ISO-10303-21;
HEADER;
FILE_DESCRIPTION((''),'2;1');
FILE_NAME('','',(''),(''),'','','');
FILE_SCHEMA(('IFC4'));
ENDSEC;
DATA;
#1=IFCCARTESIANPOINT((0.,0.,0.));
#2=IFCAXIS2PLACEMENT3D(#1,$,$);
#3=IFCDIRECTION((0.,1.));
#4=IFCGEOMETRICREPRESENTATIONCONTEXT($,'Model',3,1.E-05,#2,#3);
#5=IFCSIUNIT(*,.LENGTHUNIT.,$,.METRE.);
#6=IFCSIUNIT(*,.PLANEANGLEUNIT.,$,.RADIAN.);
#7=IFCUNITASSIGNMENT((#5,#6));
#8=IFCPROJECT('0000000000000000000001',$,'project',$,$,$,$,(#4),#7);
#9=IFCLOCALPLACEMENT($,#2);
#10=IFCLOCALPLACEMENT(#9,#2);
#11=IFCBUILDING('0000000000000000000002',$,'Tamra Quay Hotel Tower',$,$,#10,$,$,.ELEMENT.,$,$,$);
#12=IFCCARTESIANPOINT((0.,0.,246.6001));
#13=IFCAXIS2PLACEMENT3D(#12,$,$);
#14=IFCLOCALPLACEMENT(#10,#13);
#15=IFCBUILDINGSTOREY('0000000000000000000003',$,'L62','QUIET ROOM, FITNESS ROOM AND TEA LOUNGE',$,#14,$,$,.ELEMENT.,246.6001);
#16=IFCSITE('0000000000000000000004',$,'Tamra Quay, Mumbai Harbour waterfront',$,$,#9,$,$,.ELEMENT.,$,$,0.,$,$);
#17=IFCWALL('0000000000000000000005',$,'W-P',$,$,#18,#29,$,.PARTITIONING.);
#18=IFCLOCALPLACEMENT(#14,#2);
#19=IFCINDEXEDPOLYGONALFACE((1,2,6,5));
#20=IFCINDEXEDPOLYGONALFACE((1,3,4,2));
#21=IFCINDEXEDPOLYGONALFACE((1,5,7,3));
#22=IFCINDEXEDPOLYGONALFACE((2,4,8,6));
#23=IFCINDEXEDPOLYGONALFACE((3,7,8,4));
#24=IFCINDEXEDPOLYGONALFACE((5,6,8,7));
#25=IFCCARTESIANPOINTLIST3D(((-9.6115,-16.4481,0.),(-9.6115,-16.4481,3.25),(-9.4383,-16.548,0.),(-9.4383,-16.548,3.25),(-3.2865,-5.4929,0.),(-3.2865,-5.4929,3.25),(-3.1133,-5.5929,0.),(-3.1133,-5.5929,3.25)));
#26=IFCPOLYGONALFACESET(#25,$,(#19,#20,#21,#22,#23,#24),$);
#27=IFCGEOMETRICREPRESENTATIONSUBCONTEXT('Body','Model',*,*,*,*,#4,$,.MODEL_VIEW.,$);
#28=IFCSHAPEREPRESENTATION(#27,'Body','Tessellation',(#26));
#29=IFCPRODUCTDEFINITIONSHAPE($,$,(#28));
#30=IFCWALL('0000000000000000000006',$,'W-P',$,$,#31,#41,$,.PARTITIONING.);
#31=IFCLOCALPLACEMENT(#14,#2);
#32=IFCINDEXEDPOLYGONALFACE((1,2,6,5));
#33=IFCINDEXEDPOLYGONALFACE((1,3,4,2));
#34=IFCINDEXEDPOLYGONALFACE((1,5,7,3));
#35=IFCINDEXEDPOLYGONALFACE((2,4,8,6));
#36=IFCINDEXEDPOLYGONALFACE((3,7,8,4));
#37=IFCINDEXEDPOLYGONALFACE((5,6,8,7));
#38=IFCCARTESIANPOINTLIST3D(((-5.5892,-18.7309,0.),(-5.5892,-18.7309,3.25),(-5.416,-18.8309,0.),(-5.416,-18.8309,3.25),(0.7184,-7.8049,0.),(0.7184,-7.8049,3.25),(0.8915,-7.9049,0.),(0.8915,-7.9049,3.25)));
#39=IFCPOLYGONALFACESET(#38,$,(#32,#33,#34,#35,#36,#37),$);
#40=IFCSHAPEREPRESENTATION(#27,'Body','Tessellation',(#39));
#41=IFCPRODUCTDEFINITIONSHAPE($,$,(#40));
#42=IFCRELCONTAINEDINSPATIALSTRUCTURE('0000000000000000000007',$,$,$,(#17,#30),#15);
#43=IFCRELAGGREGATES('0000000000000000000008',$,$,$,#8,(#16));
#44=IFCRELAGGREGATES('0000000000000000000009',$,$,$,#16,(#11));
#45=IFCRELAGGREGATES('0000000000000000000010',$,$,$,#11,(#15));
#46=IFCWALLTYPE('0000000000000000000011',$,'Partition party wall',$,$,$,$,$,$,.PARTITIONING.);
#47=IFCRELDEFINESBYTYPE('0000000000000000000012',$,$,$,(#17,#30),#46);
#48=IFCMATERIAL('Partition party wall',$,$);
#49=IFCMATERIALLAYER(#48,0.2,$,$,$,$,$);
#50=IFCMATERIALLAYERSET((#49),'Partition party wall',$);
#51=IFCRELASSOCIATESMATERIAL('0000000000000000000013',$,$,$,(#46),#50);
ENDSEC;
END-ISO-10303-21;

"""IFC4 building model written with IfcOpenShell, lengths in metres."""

from ifc_helpers import new_model, si_unit, direction, frame, frame_2d, origin, place, context, subcontext, project, spatial, rectangle, extrude, material, layer, layer_set, type_object, element, save


model = new_model("IFC4")

# Units and contexts
model_context = context("Model", 3, precision=1e-05, world=origin(), true_north=direction((0.0, 1.0)))
body_context = subcontext(model_context, "Body", "Model", "MODEL_VIEW")
ifc_project = project(units=[si_unit("LENGTHUNIT", "METRE"), si_unit("PLANEANGLEUNIT", "RADIAN")], contexts=[model_context])

# Site, building, storey
site_placement = place(None, origin())
site = spatial("IfcSite", under=ifc_project, at=site_placement, Name="Tamra Quay, Mumbai Harbour waterfront", CompositionType="ELEMENT", RefElevation=0.0)
building_placement = place(site_placement, origin())
building = spatial("IfcBuilding", under=site, at=building_placement, Name="Tamra Quay Hotel Tower", CompositionType="ELEMENT")
storey_placement = place(building_placement, frame((0.0, 0.0, 246.6001)))
storey = spatial("IfcBuildingStorey", under=building, at=storey_placement, Name="L62", Description="QUIET ROOM, FITNESS ROOM AND TEA LOUNGE", CompositionType="ELEMENT", Elevation=246.6001)

# Walls
ifc_material_1 = material(Name="Partition party wall")
ifc_layer_1 = layer(ifc_material_1, 0.2)
ifc_layer_set_1 = layer_set([ifc_layer_1], Name="Partition party wall")
wall_type_1 = type_object("IfcWallType", Name="Partition party wall", PredefinedType="PARTITIONING", material=ifc_layer_set_1)
wall_1_placement = place(storey_placement, frame((-9.5249, -16.498, 0.0), z_axis=(0.0, 0.0, 1.0), x_axis=(0.500002, 0.866024, 0.0)))
element("IfcWall", 1, at=wall_1_placement, inside=storey, type_object=wall_type_1, Name="W-P", PredefinedType="PARTITIONING", context=body_context, shape_type="SweptSolid", body=[
    extrude(rectangle(XDim=12.6499, YDim=0.2, at=frame_2d((6.325, 0.0))), origin(), (0.0, 0.0, 1.0), 3.25),
])
wall_2_placement = place(storey_placement, frame((-5.5027, -18.781, 0.0), z_axis=(0.0, 0.0, 1.0), x_axis=(0.499969, 0.866043, 0.0)))
element("IfcWall", 2, at=wall_2_placement, inside=storey, type_object=wall_type_1, Name="W-P", PredefinedType="PARTITIONING", context=body_context, shape_type="SweptSolid", body=[
    extrude(rectangle(XDim=12.616, YDim=0.2, at=frame_2d((6.3081, 0.0))), origin(), (0.0, 0.0, 1.0), 3.25),
])

save(model, "model.ifc")
